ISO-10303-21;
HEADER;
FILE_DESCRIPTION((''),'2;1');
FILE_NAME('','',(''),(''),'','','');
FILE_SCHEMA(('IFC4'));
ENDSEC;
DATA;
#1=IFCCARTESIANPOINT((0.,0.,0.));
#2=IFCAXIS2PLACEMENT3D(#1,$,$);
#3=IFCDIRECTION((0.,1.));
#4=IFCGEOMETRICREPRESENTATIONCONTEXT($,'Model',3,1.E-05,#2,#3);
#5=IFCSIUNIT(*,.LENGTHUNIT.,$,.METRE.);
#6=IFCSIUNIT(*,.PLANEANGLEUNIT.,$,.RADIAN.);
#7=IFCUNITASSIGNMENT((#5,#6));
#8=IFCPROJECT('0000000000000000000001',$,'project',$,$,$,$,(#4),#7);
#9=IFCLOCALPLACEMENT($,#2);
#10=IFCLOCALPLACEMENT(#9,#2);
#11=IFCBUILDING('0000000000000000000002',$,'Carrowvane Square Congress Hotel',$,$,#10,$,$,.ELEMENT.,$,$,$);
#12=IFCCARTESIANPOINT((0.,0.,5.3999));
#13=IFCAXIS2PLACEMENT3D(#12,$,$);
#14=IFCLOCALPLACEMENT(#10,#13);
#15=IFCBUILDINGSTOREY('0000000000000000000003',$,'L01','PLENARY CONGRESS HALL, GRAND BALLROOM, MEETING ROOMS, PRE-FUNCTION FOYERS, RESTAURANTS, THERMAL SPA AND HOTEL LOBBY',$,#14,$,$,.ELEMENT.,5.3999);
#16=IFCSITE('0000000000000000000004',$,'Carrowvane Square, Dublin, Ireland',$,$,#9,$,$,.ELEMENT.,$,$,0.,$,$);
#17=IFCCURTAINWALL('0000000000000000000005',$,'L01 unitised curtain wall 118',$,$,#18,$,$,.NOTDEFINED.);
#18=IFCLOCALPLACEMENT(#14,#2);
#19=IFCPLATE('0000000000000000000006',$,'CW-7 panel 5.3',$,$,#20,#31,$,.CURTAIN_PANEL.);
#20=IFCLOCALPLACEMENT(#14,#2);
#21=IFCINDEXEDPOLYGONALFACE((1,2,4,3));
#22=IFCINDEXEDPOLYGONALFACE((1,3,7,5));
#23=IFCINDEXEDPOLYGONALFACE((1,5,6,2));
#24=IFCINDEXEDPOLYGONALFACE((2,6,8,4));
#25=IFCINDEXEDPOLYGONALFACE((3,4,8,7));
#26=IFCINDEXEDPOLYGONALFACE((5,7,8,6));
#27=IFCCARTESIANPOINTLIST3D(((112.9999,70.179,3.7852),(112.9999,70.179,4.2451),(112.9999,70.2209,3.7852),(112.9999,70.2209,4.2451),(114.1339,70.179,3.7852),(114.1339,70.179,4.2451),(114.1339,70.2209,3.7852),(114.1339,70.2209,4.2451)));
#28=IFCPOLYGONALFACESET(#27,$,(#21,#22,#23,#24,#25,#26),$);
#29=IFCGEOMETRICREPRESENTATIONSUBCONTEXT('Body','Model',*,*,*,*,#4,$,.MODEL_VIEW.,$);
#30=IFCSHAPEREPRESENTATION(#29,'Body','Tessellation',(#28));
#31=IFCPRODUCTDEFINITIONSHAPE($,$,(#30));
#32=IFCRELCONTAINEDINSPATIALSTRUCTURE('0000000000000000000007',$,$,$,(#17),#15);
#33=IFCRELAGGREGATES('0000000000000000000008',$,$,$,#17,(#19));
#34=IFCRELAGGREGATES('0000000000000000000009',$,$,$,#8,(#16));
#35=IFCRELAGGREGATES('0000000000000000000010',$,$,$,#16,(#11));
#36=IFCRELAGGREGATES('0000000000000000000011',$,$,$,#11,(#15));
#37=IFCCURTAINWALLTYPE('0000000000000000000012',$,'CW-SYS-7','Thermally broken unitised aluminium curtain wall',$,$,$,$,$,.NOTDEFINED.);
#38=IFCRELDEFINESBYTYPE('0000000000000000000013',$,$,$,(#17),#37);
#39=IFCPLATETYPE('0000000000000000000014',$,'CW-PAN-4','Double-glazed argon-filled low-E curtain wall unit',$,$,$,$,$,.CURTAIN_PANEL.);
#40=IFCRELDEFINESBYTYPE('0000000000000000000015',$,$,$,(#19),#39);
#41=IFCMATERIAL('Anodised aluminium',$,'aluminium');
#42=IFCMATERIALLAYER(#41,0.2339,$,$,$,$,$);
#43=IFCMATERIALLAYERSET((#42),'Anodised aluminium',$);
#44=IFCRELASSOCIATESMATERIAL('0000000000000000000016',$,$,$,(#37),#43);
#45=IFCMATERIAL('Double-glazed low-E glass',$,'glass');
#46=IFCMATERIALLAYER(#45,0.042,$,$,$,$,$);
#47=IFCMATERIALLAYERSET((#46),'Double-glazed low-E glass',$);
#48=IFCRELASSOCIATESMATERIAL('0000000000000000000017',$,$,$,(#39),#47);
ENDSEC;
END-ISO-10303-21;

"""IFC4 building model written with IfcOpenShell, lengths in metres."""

from ifc_helpers import new_model, si_unit, direction, frame, origin, origin_2d, place, context, subcontext, project, spatial, rectangle, extrude, material, layer, layer_set, type_object, element, aggregate, save


model = new_model("IFC4")

# Units and contexts
model_context = context("Model", 3, precision=1e-05, world=origin(), true_north=direction((0.0, 1.0)))
body_context = subcontext(model_context, "Body", "Model", "MODEL_VIEW")
ifc_project = project(units=[si_unit("LENGTHUNIT", "METRE"), si_unit("PLANEANGLEUNIT", "RADIAN")], contexts=[model_context])

# Site, building, storey
site_placement = place(None, origin())
site = spatial("IfcSite", under=ifc_project, at=site_placement, Name="Carrowvane Square, Dublin, Ireland", CompositionType="ELEMENT", RefElevation=0.0)
building_placement = place(site_placement, origin())
building = spatial("IfcBuilding", under=site, at=building_placement, Name="Carrowvane Square Congress Hotel", CompositionType="ELEMENT")
storey_placement = place(building_placement, frame((0.0, 0.0, 5.3999)))
storey = spatial("IfcBuildingStorey", under=building, at=storey_placement, Name="L01", Description="PLENARY CONGRESS HALL, GRAND BALLROOM, MEETING ROOMS, PRE-FUNCTION FOYERS, RESTAURANTS, THERMAL SPA AND HOTEL LOBBY", CompositionType="ELEMENT", Elevation=5.3999)

# Curtain wall
ifc_material_1 = material(Name="Anodised aluminium", Category="aluminium")
ifc_layer_1 = layer(ifc_material_1, 0.2339)
ifc_layer_set_1 = layer_set([ifc_layer_1], Name="Anodised aluminium")
curtain_wall_type_1 = type_object("IfcCurtainWallType", Name="CW-SYS-7", Description="Thermally broken unitised aluminium curtain wall", PredefinedType="NOTDEFINED", material=ifc_layer_set_1)
curtain_wall_1_placement = place(storey_placement, origin())
curtain_wall_1 = element("IfcCurtainWall", 1, at=curtain_wall_1_placement, inside=storey, type_object=curtain_wall_type_1, Name="L01 unitised curtain wall 118", PredefinedType="NOTDEFINED")

# Plate
ifc_material_2 = material(Name="Double-glazed low-E glass", Category="glass")
ifc_layer_2 = layer(ifc_material_2, 0.042)
ifc_layer_set_2 = layer_set([ifc_layer_2], Name="Double-glazed low-E glass")
plate_type = type_object("IfcPlateType", Name="CW-PAN-4", Description="Double-glazed argon-filled low-E curtain wall unit", PredefinedType="CURTAIN_PANEL", material=ifc_layer_set_2)
plate_1_placement = place(storey_placement, frame((113.5669, 70.2, 3.7852), z_axis=(0.0, 0.0, 1.0), x_axis=(-1.0, 0.0, 0.0)))
plate_1 = element("IfcPlate", 2, at=plate_1_placement, type_object=plate_type, Name="CW-7 panel 5.3", PredefinedType="CURTAIN_PANEL", context=body_context, shape_type="SweptSolid", body=[
    extrude(rectangle(XDim=1.134, YDim=0.042, at=origin_2d()), origin(), (0.0, 0.0, 1.0), 0.46),
])
aggregate(curtain_wall_1, [plate_1])

save(model, "model.ifc")
